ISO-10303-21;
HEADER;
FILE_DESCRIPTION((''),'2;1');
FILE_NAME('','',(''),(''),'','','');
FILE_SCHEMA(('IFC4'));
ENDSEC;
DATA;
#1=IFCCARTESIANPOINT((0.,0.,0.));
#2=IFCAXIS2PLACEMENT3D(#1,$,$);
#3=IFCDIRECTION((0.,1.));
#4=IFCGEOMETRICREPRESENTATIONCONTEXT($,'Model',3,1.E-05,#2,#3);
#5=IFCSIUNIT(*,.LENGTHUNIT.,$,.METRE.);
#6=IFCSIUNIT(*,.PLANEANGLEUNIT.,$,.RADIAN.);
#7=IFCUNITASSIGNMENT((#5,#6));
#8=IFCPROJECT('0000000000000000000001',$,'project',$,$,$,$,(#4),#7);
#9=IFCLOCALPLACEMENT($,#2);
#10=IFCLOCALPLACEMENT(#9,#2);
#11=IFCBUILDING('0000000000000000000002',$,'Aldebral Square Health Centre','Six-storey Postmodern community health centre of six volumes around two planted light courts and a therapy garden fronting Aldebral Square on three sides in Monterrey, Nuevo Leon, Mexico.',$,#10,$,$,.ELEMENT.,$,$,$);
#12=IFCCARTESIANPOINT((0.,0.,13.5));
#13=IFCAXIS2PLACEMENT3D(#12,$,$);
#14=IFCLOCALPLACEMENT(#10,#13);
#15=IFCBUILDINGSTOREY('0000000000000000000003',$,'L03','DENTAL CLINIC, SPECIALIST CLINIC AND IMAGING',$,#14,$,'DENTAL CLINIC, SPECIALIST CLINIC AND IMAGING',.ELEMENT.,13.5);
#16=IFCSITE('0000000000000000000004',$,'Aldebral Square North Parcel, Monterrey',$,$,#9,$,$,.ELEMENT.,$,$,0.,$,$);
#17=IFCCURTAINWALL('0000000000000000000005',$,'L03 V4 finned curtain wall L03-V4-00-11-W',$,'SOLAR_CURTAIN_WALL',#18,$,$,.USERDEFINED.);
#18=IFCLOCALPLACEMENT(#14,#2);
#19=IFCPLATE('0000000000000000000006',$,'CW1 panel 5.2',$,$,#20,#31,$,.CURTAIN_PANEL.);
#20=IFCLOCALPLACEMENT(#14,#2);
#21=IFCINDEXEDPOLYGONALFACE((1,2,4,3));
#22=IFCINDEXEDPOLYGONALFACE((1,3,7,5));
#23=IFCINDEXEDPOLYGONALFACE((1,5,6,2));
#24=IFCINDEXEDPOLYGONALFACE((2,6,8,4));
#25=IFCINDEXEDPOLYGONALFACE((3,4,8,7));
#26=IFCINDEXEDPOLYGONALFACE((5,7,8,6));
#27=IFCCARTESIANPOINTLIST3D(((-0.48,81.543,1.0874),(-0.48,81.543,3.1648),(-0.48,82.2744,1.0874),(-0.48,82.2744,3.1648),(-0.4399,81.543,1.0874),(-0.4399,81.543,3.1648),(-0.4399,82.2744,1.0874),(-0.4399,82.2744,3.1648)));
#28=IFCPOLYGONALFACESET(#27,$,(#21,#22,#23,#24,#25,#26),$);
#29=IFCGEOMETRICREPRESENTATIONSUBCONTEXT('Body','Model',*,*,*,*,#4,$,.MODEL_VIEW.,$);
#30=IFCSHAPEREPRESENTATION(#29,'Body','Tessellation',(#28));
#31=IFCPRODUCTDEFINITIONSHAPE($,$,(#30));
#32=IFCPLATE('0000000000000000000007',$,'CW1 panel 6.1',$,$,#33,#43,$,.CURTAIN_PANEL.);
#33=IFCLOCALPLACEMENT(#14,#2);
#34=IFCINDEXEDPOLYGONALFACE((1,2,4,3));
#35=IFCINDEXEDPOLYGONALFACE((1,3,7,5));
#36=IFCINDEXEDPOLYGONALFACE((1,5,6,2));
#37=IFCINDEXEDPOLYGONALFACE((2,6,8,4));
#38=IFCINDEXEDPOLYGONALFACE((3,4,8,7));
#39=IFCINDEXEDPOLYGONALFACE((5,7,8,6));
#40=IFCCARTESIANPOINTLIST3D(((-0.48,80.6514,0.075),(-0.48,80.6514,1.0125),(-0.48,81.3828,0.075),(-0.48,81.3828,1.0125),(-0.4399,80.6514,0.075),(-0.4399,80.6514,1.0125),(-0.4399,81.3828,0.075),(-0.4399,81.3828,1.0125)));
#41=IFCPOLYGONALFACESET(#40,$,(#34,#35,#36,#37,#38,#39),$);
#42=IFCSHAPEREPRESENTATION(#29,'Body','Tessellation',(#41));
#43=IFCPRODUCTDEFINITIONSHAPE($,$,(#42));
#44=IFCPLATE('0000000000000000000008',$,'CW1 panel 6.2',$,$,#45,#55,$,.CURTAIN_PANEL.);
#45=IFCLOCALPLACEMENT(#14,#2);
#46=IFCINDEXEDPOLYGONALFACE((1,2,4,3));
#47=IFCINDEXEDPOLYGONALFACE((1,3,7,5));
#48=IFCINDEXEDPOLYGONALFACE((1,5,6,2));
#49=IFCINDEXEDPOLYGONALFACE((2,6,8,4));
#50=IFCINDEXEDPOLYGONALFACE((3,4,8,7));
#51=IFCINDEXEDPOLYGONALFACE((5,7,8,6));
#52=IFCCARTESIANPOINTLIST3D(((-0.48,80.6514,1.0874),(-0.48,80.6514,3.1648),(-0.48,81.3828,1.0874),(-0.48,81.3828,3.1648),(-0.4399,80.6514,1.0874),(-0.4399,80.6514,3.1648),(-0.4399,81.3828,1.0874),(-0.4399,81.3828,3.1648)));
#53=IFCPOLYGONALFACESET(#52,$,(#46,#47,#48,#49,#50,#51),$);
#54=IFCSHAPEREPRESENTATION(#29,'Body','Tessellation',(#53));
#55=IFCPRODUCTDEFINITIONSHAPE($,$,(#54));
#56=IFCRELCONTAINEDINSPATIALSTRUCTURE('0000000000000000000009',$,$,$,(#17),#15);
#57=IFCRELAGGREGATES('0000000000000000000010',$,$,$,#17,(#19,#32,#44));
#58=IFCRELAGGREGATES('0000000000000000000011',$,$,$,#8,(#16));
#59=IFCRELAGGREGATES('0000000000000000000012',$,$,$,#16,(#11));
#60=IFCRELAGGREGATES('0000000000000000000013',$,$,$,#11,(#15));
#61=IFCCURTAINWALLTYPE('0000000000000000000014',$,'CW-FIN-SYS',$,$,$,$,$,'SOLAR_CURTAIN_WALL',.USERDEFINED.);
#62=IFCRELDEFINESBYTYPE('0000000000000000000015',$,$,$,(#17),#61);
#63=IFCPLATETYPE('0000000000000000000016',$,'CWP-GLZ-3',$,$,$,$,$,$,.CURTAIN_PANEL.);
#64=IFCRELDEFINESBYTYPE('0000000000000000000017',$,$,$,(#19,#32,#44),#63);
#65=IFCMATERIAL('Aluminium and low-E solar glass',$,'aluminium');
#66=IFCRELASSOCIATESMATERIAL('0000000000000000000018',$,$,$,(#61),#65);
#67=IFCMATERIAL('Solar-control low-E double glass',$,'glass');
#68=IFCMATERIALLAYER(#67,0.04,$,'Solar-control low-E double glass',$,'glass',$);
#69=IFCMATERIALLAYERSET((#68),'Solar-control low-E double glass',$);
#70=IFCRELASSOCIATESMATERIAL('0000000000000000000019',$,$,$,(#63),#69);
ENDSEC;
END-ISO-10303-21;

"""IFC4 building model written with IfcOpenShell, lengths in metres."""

from ifc_helpers import new_model, si_unit, direction, frame, origin, origin_2d, place, context, subcontext, project, spatial, rectangle, extrude, material, layer, layer_set, type_object, element, aggregate, save


model = new_model("IFC4")

# Units and contexts
model_context = context("Model", 3, precision=1e-05, world=origin(), true_north=direction((0.0, 1.0)))
body_context = subcontext(model_context, "Body", "Model", "MODEL_VIEW")
ifc_project = project(units=[si_unit("LENGTHUNIT", "METRE"), si_unit("PLANEANGLEUNIT", "RADIAN")], contexts=[model_context])

# Site, building, storey
site_placement = place(None, origin())
site = spatial("IfcSite", under=ifc_project, at=site_placement, Name="Aldebral Square North Parcel, Monterrey", CompositionType="ELEMENT", RefElevation=0.0)
building_placement = place(site_placement, origin())
building = spatial("IfcBuilding", under=site, at=building_placement, Name="Aldebral Square Health Centre", Description="Six-storey Postmodern community health centre of six volumes around two planted light courts and a therapy garden fronting Aldebral Square on three sides in Monterrey, Nuevo Leon, Mexico.", CompositionType="ELEMENT")
storey_placement = place(building_placement, frame((0.0, 0.0, 13.5)))
storey = spatial("IfcBuildingStorey", under=building, at=storey_placement, Name="L03", Description="DENTAL CLINIC, SPECIALIST CLINIC AND IMAGING", LongName="DENTAL CLINIC, SPECIALIST CLINIC AND IMAGING", CompositionType="ELEMENT", Elevation=13.5)

# Curtain wall, plates
ifc_material_1 = material(Name="Aluminium and low-E solar glass", Category="aluminium")
curtain_wall_type = type_object("IfcCurtainWallType", Name="CW-FIN-SYS", ElementType="SOLAR_CURTAIN_WALL", PredefinedType="USERDEFINED", material=ifc_material_1)
curtain_wall_placement = place(storey_placement, origin())
curtain_wall = element("IfcCurtainWall", 1, at=curtain_wall_placement, inside=storey, type_object=curtain_wall_type, Name="L03 V4 finned curtain wall L03-V4-00-11-W", ObjectType="SOLAR_CURTAIN_WALL", PredefinedType="USERDEFINED")
ifc_material_2 = material(Name="Solar-control low-E double glass", Category="glass")
ifc_layer = layer(ifc_material_2, 0.04, Name="Solar-control low-E double glass", Category="glass")
ifc_layer_set = layer_set([ifc_layer], Name="Solar-control low-E double glass")
plate_type = type_object("IfcPlateType", Name="CWP-GLZ-3", PredefinedType="CURTAIN_PANEL", material=ifc_layer_set)
plate_1_placement = place(storey_placement, frame((-0.46, 81.9087, 1.0874), z_axis=(0.0, 0.0, 1.0), x_axis=(0.0, -1.0, 0.0)))
plate_1 = element("IfcPlate", 2, at=plate_1_placement, type_object=plate_type, Name="CW1 panel 5.2", PredefinedType="CURTAIN_PANEL", context=body_context, shape_type="SweptSolid", body=[
    extrude(rectangle(XDim=0.7314, YDim=0.04, at=origin_2d()), origin(), (0.0, 0.0, 1.0), 2.0774),
])
plate_2_placement = place(storey_placement, frame((-0.46, 81.0171, 0.075), z_axis=(0.0, 0.0, 1.0), x_axis=(0.0, -1.0, 0.0)))
plate_2 = element("IfcPlate", 3, at=plate_2_placement, type_object=plate_type, Name="CW1 panel 6.1", PredefinedType="CURTAIN_PANEL", context=body_context, shape_type="SweptSolid", body=[
    extrude(rectangle(XDim=0.7314, YDim=0.04, at=origin_2d()), origin(), (0.0, 0.0, 1.0), 0.9375),
])
plate_3_placement = place(storey_placement, frame((-0.46, 81.0171, 1.0874), z_axis=(0.0, 0.0, 1.0), x_axis=(0.0, -1.0, 0.0)))
plate_3 = element("IfcPlate", 4, at=plate_3_placement, type_object=plate_type, Name="CW1 panel 6.2", PredefinedType="CURTAIN_PANEL", context=body_context, shape_type="SweptSolid", body=[
    extrude(rectangle(XDim=0.7314, YDim=0.04, at=origin_2d()), origin(), (0.0, 0.0, 1.0), 2.0774),
])
aggregate(curtain_wall, [plate_1, plate_2, plate_3])

save(model, "model.ifc")
